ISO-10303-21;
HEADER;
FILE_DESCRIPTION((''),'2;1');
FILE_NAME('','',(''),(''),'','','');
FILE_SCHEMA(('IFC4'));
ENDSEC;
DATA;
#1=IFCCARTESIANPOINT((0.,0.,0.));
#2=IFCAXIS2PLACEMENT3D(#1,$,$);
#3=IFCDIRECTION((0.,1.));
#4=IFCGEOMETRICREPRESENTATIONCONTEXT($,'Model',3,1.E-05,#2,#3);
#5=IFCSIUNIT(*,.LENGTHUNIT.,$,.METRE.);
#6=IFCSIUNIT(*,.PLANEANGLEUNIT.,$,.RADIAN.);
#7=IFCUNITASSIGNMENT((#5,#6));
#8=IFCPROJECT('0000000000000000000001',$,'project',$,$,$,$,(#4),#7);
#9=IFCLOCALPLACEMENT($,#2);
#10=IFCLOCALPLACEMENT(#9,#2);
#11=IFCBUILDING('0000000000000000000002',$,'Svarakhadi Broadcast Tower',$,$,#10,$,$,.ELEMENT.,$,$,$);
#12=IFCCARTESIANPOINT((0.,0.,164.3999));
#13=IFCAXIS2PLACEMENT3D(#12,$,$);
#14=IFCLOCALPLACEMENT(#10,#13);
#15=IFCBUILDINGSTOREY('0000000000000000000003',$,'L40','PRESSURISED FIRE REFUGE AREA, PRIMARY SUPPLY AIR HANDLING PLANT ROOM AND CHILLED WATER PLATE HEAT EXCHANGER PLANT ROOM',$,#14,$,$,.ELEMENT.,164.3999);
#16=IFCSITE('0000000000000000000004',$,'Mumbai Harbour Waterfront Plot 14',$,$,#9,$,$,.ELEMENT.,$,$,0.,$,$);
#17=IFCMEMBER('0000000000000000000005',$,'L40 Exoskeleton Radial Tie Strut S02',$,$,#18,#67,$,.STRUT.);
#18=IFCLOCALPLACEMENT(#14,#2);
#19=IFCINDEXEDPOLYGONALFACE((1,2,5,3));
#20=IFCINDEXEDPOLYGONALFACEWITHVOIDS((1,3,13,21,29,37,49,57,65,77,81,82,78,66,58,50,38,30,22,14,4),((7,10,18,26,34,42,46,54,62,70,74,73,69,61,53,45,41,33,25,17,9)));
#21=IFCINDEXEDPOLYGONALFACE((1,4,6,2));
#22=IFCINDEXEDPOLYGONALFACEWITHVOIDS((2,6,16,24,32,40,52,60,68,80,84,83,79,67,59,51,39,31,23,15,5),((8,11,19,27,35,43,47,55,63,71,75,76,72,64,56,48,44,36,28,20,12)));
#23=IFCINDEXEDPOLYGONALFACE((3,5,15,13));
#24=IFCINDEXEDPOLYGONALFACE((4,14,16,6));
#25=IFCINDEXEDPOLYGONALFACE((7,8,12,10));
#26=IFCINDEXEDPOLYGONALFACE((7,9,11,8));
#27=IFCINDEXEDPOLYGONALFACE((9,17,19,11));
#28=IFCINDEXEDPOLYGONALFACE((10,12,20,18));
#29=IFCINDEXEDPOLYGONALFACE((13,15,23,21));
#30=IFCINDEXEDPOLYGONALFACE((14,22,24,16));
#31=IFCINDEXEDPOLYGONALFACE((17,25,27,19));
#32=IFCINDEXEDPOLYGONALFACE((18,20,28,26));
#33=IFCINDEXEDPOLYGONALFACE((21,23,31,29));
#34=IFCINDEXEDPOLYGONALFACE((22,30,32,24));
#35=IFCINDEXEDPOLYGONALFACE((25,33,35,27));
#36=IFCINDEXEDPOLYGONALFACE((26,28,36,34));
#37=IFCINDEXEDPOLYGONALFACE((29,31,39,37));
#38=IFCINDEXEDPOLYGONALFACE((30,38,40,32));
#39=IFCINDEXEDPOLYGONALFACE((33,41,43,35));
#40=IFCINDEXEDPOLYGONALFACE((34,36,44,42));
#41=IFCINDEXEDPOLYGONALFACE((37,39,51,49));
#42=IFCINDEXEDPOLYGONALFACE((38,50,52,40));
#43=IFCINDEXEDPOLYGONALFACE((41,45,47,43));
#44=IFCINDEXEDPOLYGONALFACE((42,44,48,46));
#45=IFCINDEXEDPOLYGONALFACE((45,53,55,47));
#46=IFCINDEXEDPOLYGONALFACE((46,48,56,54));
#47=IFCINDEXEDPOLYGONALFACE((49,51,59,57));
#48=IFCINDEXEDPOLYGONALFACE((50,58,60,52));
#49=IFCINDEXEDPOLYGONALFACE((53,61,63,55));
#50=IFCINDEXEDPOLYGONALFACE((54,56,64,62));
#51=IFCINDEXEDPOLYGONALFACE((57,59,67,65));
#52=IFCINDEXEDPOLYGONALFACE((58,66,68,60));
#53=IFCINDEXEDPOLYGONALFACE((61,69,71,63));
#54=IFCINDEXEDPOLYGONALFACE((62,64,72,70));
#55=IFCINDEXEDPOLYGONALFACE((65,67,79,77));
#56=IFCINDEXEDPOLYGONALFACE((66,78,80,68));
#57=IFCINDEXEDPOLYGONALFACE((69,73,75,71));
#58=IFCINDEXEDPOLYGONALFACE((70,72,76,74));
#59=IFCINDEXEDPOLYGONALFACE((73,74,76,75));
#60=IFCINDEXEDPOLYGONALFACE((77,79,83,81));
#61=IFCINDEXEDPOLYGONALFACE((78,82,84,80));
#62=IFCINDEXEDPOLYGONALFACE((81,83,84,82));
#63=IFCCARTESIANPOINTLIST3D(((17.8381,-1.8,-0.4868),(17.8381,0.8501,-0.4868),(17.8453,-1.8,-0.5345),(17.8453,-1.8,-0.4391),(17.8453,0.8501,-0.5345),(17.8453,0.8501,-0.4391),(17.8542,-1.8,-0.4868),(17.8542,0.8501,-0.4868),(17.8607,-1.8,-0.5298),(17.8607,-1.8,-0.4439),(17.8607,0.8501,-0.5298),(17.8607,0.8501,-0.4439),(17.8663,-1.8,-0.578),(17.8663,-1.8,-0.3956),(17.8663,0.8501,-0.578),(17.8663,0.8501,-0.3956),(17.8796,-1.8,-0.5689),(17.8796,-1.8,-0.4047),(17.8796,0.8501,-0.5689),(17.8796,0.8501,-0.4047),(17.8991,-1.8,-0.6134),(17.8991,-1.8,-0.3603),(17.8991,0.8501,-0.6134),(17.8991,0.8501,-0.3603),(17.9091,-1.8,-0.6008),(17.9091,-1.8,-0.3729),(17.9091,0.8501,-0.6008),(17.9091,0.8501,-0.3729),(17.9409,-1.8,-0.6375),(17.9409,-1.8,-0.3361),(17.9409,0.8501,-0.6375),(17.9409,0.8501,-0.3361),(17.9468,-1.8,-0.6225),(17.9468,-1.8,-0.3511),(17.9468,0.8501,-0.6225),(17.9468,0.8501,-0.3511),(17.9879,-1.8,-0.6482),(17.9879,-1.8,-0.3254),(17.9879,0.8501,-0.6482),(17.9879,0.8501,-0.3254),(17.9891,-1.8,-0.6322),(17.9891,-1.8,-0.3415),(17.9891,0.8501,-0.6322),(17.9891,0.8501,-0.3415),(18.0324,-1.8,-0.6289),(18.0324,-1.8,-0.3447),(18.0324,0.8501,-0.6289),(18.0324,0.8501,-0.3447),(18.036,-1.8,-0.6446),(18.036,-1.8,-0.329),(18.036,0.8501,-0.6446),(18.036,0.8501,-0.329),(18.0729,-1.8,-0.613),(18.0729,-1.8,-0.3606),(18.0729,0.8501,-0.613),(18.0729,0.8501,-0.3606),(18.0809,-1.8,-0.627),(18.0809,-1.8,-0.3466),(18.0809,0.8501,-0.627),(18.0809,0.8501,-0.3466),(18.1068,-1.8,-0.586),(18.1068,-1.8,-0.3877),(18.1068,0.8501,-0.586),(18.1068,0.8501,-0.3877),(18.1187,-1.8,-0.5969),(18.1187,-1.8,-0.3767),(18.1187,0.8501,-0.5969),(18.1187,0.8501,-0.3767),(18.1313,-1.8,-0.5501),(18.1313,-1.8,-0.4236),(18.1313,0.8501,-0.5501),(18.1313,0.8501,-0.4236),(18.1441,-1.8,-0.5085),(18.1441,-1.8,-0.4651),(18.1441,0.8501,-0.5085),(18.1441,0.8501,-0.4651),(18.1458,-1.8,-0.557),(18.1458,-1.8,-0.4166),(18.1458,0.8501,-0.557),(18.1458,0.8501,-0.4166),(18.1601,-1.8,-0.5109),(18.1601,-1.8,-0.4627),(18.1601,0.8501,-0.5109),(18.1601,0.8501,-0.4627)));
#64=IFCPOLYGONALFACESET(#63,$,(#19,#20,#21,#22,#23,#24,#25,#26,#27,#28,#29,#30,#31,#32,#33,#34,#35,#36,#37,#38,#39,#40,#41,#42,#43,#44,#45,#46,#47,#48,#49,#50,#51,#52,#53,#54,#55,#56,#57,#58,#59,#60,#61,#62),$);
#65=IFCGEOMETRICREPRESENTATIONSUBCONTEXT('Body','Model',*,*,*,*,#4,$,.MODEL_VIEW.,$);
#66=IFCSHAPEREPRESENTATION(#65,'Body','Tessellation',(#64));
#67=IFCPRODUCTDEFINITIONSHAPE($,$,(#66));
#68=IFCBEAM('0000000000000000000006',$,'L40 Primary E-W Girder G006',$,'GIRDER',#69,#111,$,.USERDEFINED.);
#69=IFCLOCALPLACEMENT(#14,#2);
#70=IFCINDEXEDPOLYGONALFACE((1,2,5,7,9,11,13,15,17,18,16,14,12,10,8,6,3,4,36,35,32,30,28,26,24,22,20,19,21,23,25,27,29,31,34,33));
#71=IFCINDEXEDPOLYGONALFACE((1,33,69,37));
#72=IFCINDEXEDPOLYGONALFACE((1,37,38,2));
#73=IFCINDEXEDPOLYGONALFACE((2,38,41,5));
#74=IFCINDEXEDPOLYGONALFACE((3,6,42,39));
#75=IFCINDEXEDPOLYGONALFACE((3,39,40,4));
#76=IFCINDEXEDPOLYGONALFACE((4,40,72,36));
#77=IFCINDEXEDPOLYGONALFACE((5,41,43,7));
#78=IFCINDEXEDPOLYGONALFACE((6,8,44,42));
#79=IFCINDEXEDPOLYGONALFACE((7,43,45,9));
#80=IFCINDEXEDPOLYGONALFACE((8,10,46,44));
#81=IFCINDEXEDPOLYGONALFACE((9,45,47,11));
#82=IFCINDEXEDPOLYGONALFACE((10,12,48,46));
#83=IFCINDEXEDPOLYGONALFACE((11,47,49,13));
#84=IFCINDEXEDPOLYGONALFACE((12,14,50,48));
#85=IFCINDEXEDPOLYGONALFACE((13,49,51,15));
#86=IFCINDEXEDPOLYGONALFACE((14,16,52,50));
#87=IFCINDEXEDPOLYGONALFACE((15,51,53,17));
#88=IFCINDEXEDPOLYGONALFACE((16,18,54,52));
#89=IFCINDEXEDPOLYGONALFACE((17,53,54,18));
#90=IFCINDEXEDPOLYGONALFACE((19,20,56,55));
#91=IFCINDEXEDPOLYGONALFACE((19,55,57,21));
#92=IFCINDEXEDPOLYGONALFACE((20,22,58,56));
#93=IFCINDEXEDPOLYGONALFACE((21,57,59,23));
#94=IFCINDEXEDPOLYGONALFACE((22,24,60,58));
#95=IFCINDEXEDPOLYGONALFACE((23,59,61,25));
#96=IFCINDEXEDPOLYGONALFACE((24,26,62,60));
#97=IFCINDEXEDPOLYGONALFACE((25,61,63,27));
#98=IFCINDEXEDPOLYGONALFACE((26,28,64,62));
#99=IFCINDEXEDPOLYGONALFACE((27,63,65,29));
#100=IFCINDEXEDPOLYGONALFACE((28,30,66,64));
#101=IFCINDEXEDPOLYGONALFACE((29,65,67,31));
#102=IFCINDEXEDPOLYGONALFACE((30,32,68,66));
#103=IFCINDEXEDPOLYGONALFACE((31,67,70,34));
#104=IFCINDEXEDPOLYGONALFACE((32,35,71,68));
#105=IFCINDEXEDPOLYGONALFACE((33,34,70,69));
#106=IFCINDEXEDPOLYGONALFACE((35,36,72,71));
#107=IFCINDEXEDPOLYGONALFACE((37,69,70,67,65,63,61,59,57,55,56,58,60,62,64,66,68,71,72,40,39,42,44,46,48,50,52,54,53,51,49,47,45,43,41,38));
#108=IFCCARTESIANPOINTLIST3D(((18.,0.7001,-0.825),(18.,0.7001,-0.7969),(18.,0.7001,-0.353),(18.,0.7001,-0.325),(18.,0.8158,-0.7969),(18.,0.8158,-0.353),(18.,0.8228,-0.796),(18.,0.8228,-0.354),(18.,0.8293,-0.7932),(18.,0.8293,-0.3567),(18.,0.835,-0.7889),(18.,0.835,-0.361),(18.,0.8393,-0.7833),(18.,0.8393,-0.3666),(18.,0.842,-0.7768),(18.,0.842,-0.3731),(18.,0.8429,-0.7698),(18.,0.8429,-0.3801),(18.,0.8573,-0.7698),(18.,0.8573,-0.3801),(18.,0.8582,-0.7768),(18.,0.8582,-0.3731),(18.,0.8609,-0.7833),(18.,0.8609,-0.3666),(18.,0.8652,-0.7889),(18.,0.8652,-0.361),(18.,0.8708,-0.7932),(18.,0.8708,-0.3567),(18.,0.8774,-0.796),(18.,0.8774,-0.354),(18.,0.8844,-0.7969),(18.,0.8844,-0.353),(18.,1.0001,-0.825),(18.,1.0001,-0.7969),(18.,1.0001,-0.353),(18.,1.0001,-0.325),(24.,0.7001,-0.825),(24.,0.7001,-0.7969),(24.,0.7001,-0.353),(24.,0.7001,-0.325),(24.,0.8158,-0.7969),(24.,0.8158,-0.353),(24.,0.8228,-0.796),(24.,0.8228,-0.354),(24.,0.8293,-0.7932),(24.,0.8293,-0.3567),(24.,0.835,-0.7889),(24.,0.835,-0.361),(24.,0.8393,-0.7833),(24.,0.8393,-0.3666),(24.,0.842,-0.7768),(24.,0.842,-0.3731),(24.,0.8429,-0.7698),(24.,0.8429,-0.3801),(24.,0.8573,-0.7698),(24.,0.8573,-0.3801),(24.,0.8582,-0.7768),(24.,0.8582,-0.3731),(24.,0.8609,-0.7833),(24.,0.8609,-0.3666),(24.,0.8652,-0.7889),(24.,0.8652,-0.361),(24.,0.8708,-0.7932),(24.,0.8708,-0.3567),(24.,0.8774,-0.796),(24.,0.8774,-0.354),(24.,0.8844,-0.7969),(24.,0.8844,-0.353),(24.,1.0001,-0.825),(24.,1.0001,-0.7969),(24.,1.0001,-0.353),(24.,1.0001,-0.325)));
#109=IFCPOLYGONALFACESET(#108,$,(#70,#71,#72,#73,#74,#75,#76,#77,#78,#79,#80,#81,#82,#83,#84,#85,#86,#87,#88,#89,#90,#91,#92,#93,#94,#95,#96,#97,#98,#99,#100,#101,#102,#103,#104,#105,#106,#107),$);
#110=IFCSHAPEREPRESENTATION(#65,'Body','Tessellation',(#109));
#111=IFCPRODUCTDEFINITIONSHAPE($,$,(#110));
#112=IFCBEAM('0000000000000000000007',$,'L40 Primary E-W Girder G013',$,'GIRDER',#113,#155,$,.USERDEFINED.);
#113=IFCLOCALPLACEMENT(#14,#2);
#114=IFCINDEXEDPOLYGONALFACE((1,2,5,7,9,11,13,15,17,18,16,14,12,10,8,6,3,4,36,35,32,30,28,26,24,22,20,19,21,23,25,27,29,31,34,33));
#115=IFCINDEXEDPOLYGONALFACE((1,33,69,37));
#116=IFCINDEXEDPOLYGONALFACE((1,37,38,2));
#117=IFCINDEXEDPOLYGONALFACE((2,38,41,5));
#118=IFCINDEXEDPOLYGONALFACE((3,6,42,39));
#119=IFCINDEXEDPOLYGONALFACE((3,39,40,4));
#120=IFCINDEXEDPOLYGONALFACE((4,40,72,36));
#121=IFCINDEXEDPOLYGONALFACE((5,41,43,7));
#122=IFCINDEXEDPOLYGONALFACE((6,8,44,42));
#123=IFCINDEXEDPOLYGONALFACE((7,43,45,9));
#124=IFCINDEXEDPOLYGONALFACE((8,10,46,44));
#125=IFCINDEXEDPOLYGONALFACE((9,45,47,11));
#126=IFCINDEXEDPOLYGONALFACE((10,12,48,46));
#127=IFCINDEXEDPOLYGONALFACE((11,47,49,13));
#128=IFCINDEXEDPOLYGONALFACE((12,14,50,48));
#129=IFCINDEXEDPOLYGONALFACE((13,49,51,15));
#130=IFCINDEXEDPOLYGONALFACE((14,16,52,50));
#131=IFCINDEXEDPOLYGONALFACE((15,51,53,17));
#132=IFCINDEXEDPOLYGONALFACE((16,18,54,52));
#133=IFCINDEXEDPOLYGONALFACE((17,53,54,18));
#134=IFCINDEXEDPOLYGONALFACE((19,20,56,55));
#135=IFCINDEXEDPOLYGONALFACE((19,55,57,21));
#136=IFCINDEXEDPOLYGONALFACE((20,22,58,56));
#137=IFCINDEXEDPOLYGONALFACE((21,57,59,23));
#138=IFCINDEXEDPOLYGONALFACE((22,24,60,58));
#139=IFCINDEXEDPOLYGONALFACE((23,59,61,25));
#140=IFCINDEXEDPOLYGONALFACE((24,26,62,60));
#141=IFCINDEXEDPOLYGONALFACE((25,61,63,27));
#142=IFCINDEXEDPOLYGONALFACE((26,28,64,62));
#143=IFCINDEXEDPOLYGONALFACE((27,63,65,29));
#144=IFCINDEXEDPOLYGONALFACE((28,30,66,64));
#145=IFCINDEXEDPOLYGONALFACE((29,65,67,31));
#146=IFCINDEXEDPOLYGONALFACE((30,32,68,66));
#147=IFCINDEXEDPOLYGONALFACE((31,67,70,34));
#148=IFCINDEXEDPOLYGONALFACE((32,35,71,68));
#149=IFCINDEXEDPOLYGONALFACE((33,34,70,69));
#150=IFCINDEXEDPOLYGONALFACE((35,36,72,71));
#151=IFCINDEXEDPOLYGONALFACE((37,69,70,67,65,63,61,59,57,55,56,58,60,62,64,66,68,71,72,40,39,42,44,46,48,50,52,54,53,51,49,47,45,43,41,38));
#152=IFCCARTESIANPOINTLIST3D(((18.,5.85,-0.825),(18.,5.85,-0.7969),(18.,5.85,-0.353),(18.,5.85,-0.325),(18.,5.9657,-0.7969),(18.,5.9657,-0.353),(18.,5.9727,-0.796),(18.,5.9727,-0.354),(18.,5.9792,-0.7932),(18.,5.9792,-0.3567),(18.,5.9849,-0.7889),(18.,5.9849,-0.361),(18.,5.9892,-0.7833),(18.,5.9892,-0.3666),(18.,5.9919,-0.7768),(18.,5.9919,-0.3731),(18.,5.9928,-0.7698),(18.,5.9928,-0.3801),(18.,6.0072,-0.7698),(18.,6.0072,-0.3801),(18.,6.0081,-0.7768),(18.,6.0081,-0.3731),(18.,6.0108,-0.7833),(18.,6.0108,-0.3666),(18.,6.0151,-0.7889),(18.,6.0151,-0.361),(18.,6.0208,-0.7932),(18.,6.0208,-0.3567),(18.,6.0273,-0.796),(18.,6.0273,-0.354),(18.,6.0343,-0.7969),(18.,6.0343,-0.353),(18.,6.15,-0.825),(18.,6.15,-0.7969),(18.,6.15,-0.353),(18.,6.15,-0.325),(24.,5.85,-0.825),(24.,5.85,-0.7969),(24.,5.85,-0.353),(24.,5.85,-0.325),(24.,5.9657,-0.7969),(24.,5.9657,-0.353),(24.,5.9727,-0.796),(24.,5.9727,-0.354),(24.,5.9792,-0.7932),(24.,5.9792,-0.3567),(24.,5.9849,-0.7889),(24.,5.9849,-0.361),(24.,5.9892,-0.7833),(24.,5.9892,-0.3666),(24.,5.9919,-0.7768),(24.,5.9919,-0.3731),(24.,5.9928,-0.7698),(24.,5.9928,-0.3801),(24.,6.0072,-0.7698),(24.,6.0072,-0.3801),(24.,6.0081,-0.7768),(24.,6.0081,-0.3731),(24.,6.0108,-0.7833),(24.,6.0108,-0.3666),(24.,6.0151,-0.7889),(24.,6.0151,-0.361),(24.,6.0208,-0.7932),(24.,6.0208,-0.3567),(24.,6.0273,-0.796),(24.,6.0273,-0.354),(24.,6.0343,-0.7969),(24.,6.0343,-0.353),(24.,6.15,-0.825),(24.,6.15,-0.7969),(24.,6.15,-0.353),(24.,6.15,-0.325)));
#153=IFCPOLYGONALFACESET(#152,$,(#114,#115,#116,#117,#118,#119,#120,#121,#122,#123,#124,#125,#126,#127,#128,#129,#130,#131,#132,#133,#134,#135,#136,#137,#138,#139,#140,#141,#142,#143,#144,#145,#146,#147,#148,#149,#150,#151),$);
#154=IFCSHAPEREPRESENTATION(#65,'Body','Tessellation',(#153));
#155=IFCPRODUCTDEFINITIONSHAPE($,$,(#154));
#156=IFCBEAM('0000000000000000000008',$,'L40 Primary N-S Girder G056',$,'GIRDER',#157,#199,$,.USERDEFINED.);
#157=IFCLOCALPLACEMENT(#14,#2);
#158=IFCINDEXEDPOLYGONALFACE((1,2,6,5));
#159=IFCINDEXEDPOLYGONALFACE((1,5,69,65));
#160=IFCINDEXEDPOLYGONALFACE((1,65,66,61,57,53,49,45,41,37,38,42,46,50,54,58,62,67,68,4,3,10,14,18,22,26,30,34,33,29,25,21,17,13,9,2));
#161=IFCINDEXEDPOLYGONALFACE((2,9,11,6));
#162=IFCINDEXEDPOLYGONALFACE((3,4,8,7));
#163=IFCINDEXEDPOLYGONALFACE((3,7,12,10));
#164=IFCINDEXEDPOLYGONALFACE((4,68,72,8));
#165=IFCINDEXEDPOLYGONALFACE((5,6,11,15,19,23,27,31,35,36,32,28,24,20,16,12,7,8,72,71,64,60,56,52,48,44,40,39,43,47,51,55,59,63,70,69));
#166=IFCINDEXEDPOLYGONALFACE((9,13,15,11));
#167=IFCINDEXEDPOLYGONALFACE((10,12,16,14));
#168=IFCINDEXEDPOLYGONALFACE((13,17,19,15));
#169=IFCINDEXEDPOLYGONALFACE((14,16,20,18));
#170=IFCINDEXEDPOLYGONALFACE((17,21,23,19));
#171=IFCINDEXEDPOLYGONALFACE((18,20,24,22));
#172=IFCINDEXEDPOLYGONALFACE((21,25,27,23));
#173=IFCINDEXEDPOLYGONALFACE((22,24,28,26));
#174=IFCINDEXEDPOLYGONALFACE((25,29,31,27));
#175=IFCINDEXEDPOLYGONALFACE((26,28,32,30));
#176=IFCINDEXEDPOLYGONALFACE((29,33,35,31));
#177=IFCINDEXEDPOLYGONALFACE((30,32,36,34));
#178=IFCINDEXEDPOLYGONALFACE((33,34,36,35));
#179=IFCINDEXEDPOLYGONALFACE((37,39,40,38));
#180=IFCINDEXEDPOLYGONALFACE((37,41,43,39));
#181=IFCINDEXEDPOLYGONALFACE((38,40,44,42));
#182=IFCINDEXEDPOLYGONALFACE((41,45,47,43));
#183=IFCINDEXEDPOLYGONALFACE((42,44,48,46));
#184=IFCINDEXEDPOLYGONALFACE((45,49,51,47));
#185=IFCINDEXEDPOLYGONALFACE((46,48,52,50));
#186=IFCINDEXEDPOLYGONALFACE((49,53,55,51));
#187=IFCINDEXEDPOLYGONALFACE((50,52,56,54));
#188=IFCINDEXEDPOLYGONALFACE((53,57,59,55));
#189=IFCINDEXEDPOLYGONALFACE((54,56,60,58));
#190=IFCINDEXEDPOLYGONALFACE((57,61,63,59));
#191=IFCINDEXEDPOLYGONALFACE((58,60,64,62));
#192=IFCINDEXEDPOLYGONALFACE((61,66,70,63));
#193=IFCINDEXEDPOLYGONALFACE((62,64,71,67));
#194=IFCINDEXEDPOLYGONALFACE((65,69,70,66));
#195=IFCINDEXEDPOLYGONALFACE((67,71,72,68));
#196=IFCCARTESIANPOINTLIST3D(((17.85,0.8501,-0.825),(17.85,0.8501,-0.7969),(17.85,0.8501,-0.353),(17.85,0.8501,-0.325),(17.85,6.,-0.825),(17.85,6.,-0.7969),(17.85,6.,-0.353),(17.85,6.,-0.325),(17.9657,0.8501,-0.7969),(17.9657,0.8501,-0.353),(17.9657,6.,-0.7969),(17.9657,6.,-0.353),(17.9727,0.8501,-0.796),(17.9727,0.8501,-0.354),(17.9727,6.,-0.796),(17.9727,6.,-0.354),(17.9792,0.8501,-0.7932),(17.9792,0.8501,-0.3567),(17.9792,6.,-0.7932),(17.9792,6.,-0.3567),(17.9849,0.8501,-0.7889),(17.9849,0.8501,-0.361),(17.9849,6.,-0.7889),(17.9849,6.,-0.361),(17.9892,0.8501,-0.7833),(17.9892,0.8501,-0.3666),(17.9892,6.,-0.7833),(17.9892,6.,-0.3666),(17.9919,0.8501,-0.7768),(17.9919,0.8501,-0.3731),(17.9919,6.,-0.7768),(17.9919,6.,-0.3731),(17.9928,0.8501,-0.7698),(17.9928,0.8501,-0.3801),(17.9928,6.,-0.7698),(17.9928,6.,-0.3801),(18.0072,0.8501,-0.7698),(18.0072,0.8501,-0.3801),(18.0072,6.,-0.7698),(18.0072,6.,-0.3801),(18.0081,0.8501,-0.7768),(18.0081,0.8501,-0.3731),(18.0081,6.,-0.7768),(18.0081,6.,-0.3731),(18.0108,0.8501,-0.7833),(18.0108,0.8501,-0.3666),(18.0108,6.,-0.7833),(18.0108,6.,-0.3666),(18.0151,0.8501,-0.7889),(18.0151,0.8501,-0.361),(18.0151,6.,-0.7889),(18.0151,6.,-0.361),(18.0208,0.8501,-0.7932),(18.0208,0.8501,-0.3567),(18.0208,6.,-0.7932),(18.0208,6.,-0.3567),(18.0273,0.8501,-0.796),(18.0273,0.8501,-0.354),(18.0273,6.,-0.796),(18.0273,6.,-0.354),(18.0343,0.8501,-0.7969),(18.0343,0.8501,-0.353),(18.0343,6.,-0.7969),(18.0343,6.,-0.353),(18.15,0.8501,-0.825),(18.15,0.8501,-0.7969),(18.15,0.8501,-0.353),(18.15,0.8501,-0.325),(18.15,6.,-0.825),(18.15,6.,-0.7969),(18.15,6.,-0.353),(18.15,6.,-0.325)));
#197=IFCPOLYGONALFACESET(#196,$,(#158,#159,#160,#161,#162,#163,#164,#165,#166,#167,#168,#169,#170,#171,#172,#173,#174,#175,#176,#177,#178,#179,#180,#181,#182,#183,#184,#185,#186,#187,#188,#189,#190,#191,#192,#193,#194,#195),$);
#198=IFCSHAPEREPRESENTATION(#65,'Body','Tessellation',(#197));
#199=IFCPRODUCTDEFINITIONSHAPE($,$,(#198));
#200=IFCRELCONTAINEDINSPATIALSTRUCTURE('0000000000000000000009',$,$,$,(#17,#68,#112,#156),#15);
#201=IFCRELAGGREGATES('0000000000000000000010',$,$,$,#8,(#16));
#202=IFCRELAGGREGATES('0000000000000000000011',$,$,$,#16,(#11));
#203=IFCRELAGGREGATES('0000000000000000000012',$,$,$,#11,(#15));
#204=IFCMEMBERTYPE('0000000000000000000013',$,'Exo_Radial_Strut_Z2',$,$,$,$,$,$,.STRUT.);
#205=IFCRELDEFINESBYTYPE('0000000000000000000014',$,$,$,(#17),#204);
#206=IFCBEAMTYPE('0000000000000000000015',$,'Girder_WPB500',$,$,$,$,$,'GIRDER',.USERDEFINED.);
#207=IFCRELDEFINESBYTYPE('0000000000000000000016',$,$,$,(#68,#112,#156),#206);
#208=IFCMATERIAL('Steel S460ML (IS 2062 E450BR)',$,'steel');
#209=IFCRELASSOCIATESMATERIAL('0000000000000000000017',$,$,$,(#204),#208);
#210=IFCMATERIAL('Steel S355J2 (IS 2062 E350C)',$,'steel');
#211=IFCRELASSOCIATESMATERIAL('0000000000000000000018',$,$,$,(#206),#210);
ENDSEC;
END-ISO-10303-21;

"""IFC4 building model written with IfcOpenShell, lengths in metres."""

from ifc_helpers import new_model, si_unit, direction, frame, origin, origin_2d, place, context, subcontext, project, spatial, hollow_circle, i_section, extrude, material, material_profile, profile_set, type_object, element, save


model = new_model("IFC4")

# Units and contexts
model_context = context("Model", 3, precision=1e-05, world=origin(), true_north=direction((0.0, 1.0)))
body_context = subcontext(model_context, "Body", "Model", "MODEL_VIEW")
ifc_project = project(units=[si_unit("LENGTHUNIT", "METRE"), si_unit("PLANEANGLEUNIT", "RADIAN")], contexts=[model_context])

# Site, building, storey
site_placement = place(None, origin())
site = spatial("IfcSite", under=ifc_project, at=site_placement, Name="Mumbai Harbour Waterfront Plot 14", CompositionType="ELEMENT", RefElevation=0.0)
building_placement = place(site_placement, origin())
building = spatial("IfcBuilding", under=site, at=building_placement, Name="Svarakhadi Broadcast Tower", CompositionType="ELEMENT")
storey_placement = place(building_placement, frame((0.0, 0.0, 164.3999)))
storey = spatial("IfcBuildingStorey", under=building, at=storey_placement, Name="L40", Description="PRESSURISED FIRE REFUGE AREA, PRIMARY SUPPLY AIR HANDLING PLANT ROOM AND CHILLED WATER PLATE HEAT EXCHANGER PLANT ROOM", CompositionType="ELEMENT", Elevation=164.3999)

# Shared definitions
ifc_material_1 = material(Name="Steel S460ML (IS 2062 E450BR)", Category="steel")

# Shared definitions
ifc_material_2 = material(Name="Steel S355J2 (IS 2062 E350C)", Category="steel")

# Member
ifc_material_profile_1 = material_profile(ifc_material_1, hollow_circle(Radius=0.1619, WallThickness=0.0161, at=origin_2d()), Name="CHS 323.9x16")
ifc_profile_set_1 = profile_set([ifc_material_profile_1], Name="Steel S460ML (IS 2062 E450BR)")
member_type_1 = type_object("IfcMemberType", Name="Exo_Radial_Strut_Z2", PredefinedType="STRUT", material=ifc_profile_set_1)
member_1_placement = place(storey_placement, frame((18.0, -1.8, -0.4868), z_axis=(0.0, 1.0, 0.0), x_axis=(-1.0, 0.0, 0.0)))
element("IfcMember", 1, at=member_1_placement, inside=storey, type_object=member_type_1, Name="L40 Exoskeleton Radial Tie Strut S02", PredefinedType="STRUT", context=body_context, shape_type="SweptSolid", body=[
    extrude(hollow_circle(Radius=0.1619, WallThickness=0.0161, at=origin_2d()), origin(), (0.0, 0.0, 1.0), 2.6501),
])

# Beams
ifc_material_profile_2 = material_profile(ifc_material_2, i_section(OverallWidth=0.3, OverallDepth=0.5, WebThickness=0.0144, FlangeThickness=0.0281, FilletRadius=0.0271, at=origin_2d()), Name="WPB 500x300x187")
ifc_profile_set_2 = profile_set([ifc_material_profile_2], Name="Steel S355J2 (IS 2062 E350C)")
beam_type_1 = type_object("IfcBeamType", Name="Girder_WPB500", ElementType="GIRDER", PredefinedType="USERDEFINED", material=ifc_profile_set_2)
for number, where, z_axis, x_axis, name in (
    (2, (18.0, 0.8501, -0.575), (1.0, 0.0, 0.0), (0.0, 1.0, 0.0), "L40 Primary E-W Girder G006"),
    (3, (18.0, 6.0, -0.575), (1.0, 0.0, 0.0), (0.0, 1.0, 0.0), "L40 Primary E-W Girder G013"),
):
    element("IfcBeam", number, at=place(storey_placement, frame(where, z_axis=z_axis, x_axis=x_axis)), inside=storey, type_object=beam_type_1, Name=name, ObjectType="GIRDER", PredefinedType="USERDEFINED", context=body_context, shape_type="SweptSolid", body=[
        extrude(i_section(OverallWidth=0.3, OverallDepth=0.5, WebThickness=0.0144, FlangeThickness=0.0281, FilletRadius=0.0271, at=origin_2d()), origin(), (0.0, 0.0, 1.0), 6.0),
    ])
beam_1_placement = place(storey_placement, frame((18.0, 0.8501, -0.575), z_axis=(0.0, 1.0, 0.0), x_axis=(-1.0, 0.0, 0.0)))
element("IfcBeam", 4, at=beam_1_placement, inside=storey, type_object=beam_type_1, Name="L40 Primary N-S Girder G056", ObjectType="GIRDER", PredefinedType="USERDEFINED", context=body_context, shape_type="SweptSolid", body=[
    extrude(i_section(OverallWidth=0.3, OverallDepth=0.5, WebThickness=0.0144, FlangeThickness=0.0281, FilletRadius=0.0271, at=origin_2d()), origin(), (0.0, 0.0, 1.0), 5.1499),
])

save(model, "model.ifc")
